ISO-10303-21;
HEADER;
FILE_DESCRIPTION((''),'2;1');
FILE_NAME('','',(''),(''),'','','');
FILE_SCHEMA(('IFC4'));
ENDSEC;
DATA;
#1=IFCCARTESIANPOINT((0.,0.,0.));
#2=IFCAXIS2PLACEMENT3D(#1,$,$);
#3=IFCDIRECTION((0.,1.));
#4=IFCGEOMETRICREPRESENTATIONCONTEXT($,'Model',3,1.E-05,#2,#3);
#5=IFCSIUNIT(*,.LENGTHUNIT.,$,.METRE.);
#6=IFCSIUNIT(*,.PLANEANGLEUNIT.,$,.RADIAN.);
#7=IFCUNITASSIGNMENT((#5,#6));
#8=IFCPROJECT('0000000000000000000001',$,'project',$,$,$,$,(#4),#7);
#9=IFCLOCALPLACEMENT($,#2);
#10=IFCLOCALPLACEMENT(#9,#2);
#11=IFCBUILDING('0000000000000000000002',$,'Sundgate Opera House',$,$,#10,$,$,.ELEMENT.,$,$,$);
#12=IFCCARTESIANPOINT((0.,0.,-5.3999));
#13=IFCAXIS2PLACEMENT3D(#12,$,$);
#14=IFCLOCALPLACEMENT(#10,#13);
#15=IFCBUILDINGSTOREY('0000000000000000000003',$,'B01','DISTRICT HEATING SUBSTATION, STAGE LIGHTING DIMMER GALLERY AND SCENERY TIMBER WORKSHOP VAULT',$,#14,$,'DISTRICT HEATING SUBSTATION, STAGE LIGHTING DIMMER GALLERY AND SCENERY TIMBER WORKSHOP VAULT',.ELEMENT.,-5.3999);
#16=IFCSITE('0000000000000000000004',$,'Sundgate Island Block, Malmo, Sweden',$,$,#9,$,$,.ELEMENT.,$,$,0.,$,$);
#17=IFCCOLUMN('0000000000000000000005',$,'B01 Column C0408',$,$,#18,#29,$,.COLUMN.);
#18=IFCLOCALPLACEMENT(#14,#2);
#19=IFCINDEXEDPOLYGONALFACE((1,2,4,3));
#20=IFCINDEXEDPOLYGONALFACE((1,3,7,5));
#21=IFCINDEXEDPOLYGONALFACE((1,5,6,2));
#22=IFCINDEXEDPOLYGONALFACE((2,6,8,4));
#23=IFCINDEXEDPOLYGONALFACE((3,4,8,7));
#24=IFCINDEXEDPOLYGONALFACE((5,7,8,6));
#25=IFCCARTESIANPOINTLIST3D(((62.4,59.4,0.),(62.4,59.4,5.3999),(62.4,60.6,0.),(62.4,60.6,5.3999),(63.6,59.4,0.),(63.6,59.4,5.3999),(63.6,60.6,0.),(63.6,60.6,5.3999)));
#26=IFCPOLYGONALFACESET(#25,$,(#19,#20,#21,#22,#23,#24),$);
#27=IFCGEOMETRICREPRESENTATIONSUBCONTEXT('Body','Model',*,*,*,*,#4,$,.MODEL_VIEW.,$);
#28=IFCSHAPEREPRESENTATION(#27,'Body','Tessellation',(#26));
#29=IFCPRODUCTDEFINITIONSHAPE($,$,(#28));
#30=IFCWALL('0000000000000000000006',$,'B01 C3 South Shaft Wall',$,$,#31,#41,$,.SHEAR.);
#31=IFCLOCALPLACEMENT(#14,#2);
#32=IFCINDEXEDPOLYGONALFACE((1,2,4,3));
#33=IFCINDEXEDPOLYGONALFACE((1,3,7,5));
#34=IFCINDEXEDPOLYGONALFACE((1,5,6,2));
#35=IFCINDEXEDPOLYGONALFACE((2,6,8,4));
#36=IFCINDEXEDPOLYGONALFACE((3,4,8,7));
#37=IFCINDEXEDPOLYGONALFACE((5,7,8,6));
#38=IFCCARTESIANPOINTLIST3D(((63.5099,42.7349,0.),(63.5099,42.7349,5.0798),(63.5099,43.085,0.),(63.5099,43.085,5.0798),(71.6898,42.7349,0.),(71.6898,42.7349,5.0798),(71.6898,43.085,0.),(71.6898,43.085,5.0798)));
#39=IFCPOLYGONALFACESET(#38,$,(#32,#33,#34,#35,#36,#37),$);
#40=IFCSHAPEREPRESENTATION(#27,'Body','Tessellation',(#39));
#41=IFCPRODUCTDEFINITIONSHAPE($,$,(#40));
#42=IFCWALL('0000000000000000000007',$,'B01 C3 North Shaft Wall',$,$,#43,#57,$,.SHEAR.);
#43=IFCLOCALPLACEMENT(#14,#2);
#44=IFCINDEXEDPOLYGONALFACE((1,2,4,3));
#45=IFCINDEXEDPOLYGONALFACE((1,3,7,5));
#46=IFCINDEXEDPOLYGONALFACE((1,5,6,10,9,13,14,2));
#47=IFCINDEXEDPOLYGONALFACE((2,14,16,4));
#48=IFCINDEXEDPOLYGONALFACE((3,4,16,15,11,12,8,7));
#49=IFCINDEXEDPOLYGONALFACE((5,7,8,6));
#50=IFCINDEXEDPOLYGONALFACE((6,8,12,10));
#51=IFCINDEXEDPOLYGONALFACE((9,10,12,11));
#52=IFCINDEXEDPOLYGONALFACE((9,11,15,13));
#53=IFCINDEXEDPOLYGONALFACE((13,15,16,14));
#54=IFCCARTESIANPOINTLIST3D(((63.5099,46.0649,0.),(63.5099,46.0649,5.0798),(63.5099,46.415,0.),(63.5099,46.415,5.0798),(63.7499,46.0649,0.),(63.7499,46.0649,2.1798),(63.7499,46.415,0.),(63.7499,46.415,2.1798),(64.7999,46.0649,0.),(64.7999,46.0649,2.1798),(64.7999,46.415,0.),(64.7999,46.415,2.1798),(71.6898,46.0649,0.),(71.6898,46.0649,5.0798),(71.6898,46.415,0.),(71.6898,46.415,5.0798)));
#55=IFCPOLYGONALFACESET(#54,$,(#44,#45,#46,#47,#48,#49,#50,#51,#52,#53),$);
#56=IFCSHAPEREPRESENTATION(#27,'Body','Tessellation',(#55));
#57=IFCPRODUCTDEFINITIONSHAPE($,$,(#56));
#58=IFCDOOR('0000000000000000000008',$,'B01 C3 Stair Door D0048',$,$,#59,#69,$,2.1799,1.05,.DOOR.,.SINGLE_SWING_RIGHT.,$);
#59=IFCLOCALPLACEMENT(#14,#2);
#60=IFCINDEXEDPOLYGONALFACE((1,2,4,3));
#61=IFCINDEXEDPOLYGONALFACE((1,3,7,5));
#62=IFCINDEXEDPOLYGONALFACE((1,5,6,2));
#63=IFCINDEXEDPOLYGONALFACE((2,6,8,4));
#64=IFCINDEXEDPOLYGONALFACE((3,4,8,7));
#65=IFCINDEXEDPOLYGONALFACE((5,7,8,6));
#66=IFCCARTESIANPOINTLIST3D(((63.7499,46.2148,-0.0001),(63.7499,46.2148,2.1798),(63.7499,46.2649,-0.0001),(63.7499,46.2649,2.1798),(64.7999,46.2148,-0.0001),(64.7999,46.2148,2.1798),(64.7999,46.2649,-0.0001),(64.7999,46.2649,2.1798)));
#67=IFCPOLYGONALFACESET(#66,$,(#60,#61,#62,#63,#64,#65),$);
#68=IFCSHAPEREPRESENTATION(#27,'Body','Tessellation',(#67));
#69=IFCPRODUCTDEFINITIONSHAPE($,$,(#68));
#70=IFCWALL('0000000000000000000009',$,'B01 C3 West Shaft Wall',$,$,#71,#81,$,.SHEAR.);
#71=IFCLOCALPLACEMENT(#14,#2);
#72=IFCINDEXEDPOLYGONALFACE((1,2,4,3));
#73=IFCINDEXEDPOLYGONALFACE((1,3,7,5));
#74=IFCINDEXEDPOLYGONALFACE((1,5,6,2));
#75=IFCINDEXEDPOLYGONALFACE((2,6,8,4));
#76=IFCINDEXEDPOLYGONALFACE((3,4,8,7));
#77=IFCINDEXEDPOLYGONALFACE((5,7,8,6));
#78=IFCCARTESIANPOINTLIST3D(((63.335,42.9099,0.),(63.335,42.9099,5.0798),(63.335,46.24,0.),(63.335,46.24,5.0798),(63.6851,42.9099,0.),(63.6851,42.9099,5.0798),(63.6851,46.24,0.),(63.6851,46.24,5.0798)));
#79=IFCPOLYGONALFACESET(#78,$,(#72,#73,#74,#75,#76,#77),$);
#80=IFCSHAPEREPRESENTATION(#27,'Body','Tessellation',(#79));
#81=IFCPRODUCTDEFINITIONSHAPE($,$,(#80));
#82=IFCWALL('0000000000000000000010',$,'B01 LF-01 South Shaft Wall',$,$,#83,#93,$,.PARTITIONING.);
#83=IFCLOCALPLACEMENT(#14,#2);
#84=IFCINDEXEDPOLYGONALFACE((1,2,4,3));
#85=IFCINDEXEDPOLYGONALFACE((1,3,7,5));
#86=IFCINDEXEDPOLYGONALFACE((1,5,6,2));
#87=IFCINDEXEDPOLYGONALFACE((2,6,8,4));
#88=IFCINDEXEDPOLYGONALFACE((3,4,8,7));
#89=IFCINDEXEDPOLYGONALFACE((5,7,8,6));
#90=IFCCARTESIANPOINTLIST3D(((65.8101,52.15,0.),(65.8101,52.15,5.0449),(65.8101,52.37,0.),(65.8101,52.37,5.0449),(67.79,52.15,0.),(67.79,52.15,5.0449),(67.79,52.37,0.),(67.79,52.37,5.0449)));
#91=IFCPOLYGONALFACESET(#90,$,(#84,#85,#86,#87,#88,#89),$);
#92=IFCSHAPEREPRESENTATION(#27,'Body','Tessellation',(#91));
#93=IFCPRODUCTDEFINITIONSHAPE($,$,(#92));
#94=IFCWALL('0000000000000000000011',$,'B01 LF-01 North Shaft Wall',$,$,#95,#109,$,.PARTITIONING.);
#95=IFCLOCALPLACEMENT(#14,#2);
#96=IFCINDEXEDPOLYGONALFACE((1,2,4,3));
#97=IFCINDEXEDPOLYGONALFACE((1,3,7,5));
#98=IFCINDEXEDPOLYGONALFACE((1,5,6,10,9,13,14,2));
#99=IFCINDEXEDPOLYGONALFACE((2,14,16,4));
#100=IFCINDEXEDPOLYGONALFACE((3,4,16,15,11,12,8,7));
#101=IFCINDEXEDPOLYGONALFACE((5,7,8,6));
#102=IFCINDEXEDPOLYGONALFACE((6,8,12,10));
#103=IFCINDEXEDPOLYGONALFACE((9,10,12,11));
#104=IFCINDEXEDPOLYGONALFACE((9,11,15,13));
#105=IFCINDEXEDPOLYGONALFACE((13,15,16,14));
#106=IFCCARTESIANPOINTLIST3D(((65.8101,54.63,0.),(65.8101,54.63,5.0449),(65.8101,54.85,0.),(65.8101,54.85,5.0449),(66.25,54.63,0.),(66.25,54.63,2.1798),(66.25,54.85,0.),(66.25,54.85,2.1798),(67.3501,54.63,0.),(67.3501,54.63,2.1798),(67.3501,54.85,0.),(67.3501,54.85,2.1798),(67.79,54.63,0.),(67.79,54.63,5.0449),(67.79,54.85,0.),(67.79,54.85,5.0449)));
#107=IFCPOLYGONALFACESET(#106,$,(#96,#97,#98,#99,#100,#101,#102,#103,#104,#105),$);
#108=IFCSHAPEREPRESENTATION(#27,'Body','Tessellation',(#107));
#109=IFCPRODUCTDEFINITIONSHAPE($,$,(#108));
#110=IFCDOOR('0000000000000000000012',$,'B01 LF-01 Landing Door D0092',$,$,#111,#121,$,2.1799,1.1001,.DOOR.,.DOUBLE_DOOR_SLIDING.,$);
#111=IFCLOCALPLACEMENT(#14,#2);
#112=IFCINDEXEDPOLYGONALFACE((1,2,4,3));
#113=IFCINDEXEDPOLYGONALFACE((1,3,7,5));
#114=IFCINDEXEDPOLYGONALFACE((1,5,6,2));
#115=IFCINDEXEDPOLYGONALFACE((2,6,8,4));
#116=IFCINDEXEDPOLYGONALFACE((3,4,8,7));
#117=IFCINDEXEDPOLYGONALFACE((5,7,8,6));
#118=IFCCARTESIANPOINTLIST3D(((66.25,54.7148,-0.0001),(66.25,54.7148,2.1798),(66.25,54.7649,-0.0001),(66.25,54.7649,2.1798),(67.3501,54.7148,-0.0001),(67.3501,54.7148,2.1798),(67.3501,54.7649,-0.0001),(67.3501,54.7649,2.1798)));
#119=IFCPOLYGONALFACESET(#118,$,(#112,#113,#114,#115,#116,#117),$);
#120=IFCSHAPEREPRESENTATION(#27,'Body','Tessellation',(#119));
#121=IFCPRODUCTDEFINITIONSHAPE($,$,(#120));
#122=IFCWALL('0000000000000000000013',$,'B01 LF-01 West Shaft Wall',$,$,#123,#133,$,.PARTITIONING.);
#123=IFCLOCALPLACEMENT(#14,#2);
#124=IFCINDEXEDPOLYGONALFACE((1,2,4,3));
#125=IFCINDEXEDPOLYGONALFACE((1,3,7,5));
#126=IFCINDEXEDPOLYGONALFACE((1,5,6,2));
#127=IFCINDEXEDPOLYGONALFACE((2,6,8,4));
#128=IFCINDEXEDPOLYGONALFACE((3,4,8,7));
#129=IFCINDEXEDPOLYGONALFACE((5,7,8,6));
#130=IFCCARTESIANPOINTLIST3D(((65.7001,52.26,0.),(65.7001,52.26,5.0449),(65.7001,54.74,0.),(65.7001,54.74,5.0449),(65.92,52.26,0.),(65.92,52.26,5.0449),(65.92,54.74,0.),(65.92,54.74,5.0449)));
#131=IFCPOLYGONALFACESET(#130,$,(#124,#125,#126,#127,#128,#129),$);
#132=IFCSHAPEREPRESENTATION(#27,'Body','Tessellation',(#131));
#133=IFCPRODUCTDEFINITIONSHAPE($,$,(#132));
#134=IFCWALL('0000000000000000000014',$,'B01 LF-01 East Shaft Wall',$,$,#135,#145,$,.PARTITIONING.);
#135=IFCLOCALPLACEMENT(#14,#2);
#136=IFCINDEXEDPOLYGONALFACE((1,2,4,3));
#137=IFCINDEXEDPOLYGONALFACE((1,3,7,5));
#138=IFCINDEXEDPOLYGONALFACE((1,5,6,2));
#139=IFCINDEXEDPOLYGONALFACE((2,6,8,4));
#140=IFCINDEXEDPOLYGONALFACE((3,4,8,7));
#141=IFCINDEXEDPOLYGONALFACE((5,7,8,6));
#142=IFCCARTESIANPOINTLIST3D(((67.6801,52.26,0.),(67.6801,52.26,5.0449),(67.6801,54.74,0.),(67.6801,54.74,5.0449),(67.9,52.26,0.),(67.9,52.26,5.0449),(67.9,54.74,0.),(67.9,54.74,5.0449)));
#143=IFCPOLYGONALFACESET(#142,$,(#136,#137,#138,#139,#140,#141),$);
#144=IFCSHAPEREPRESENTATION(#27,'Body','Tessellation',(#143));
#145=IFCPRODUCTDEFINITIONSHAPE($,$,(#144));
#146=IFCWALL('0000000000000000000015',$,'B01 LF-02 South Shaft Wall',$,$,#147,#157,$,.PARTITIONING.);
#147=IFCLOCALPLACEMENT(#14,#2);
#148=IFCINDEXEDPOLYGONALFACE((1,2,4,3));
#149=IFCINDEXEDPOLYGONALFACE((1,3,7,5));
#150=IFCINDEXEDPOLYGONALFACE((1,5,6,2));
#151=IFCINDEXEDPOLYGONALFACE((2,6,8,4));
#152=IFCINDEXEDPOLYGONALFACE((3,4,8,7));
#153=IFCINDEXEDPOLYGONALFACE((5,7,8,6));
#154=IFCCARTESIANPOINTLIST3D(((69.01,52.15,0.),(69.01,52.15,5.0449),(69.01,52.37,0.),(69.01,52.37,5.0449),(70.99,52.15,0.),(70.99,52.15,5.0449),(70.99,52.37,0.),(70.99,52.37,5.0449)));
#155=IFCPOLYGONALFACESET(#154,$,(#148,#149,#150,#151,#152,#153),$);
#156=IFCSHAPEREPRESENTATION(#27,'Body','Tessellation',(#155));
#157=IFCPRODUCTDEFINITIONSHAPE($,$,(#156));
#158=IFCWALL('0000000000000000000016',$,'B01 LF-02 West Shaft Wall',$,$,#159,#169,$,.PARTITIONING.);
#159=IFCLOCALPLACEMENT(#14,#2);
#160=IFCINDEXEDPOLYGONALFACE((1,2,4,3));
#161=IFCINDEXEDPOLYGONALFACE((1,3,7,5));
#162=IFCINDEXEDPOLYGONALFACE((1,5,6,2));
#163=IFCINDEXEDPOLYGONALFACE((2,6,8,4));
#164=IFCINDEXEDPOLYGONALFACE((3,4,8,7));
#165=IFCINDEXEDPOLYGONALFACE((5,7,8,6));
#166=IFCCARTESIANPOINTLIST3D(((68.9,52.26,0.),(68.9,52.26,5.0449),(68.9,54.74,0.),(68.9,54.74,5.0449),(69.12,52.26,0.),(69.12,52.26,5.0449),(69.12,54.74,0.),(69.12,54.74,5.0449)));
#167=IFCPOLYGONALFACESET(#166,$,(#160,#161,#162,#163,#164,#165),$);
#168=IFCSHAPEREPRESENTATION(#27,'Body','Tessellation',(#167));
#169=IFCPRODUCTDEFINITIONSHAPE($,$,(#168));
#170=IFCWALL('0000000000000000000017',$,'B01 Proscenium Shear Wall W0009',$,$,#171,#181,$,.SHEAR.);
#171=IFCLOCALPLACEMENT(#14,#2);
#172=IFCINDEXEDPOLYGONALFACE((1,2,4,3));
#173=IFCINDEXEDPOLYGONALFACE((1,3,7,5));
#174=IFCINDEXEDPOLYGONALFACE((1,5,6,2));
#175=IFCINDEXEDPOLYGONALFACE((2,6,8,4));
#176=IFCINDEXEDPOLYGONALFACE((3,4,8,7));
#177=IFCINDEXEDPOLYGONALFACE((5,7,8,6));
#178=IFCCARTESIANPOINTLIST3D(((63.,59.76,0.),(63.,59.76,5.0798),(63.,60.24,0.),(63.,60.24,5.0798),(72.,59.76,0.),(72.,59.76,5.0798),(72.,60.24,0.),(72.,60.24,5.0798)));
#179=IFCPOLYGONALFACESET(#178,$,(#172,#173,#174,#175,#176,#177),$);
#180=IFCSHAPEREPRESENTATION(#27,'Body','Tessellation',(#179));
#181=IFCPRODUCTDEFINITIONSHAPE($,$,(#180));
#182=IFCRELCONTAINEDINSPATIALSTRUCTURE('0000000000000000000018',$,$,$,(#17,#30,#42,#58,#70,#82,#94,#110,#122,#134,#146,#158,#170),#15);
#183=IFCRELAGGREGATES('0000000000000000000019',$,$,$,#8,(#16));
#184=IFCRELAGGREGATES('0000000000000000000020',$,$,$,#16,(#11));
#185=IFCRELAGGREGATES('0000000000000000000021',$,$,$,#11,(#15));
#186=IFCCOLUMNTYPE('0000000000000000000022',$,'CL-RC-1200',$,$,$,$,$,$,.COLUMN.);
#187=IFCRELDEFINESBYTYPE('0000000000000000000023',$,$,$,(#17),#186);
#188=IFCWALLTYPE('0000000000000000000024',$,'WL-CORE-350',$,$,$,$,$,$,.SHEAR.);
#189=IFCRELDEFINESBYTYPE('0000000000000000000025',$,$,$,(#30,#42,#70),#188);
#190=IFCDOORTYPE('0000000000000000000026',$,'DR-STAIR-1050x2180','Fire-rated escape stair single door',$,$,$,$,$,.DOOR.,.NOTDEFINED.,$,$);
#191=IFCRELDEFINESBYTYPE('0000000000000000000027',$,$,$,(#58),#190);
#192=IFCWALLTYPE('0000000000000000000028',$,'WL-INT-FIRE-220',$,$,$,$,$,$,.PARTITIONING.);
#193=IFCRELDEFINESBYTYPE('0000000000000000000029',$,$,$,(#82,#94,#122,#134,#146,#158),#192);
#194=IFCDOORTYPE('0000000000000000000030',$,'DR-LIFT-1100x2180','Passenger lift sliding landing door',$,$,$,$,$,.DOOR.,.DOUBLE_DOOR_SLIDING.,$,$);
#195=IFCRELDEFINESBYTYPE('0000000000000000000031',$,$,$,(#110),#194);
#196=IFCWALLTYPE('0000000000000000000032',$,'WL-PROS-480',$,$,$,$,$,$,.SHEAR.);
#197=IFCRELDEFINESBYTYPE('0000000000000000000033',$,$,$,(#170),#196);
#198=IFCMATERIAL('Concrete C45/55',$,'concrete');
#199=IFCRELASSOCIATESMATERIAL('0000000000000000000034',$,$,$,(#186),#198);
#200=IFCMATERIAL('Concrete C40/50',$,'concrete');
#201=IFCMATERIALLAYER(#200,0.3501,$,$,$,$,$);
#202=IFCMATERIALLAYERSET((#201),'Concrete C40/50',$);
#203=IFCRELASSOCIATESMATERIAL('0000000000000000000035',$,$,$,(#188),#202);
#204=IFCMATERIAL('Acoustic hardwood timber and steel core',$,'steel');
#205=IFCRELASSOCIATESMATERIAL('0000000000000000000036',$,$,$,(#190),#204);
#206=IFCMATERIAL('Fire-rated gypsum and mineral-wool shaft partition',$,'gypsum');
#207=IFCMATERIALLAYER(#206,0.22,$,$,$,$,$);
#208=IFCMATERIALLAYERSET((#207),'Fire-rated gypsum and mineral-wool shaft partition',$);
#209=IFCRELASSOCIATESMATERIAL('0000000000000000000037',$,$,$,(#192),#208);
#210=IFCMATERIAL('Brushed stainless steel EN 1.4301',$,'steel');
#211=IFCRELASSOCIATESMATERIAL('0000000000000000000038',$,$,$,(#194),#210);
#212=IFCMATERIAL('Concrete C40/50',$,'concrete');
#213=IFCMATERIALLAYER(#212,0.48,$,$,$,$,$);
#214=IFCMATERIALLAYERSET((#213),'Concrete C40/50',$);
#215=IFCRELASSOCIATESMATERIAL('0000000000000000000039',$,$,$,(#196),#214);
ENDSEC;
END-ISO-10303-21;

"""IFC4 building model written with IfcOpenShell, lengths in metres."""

from ifc_helpers import new_model, si_unit, direction, frame, frame_2d, origin, origin_2d, place, context, subcontext, project, spatial, rectangle, extrude, material, layer, layer_set, material_profile, profile_set, type_object, element, fill, save


model = new_model("IFC4")

# Units and contexts
model_context = context("Model", 3, precision=1e-05, world=origin(), true_north=direction((0.0, 1.0)))
body_context = subcontext(model_context, "Body", "Model", "MODEL_VIEW")
ifc_project = project(units=[si_unit("LENGTHUNIT", "METRE"), si_unit("PLANEANGLEUNIT", "RADIAN")], contexts=[model_context])

# Site, building, storey
site_placement = place(None, origin())
site = spatial("IfcSite", under=ifc_project, at=site_placement, Name="Sundgate Island Block, Malmo, Sweden", CompositionType="ELEMENT", RefElevation=0.0)
building_placement = place(site_placement, origin())
building = spatial("IfcBuilding", under=site, at=building_placement, Name="Sundgate Opera House", CompositionType="ELEMENT")
storey_placement = place(building_placement, frame((0.0, 0.0, -5.3999)))
storey = spatial("IfcBuildingStorey", under=building, at=storey_placement, Name="B01", Description="DISTRICT HEATING SUBSTATION, STAGE LIGHTING DIMMER GALLERY AND SCENERY TIMBER WORKSHOP VAULT", LongName="DISTRICT HEATING SUBSTATION, STAGE LIGHTING DIMMER GALLERY AND SCENERY TIMBER WORKSHOP VAULT", CompositionType="ELEMENT", Elevation=-5.3999)

# Column
ifc_material_1 = material(Name="Concrete C45/55", Category="concrete")
ifc_material_profile_1 = material_profile(ifc_material_1, rectangle(XDim=1.2, YDim=1.2, at=origin_2d()), Name="RC 1200x1200")
ifc_profile_set_1 = profile_set([ifc_material_profile_1], Name="Concrete C45/55")
column_type = type_object("IfcColumnType", Name="CL-RC-1200", PredefinedType="COLUMN", material=ifc_profile_set_1)
for number, where, z_axis, x_axis, name in (
    (1, (63.0, 60.0, 0.0), (0.0, 0.0, 1.0), (1.0, 0.0, 0.0), "B01 Column C0408"),
):
    element("IfcColumn", number, at=place(storey_placement, frame(where, z_axis=z_axis, x_axis=x_axis)), inside=storey, type_object=column_type, Name=name, PredefinedType="COLUMN", context=body_context, shape_type="SweptSolid", body=[
        extrude(rectangle(XDim=1.2, YDim=1.2, at=origin_2d()), origin(), (0.0, 0.0, 1.0), 5.3999),
    ])

# Wall
ifc_material_2 = material(Name="Concrete C40/50", Category="concrete")
ifc_layer_1 = layer(ifc_material_2, 0.3501)
ifc_layer_set_1 = layer_set([ifc_layer_1], Name="Concrete C40/50")
wall_type_1 = type_object("IfcWallType", Name="WL-CORE-350", PredefinedType="SHEAR", material=ifc_layer_set_1)
wall_1_placement = place(storey_placement, frame((63.51, 42.9099, 0.0), z_axis=(0.0, 0.0, 1.0), x_axis=(1.0, 0.0, 0.0)))
element("IfcWall", 2, at=wall_1_placement, inside=storey, type_object=wall_type_1, Name="B01 C3 South Shaft Wall", PredefinedType="SHEAR", context=body_context, shape_type="SweptSolid", body=[
    extrude(rectangle(XDim=8.1799, YDim=0.3501, at=frame_2d((4.0898, 0.0))), origin(), (0.0, 0.0, 1.0), 5.0798),
])

# Wall, opening, door
wall_2_placement = place(storey_placement, frame((63.51, 46.24, 0.0), z_axis=(0.0, 0.0, 1.0), x_axis=(1.0, 0.0, 0.0)))
wall_2 = element("IfcWall", 3, at=wall_2_placement, inside=storey, type_object=wall_type_1, Name="B01 C3 North Shaft Wall", PredefinedType="SHEAR", context=body_context, shape_type="SweptSolid", body=[
    extrude(rectangle(XDim=8.1799, YDim=0.3501, at=frame_2d((4.0898, 0.0))), origin(), (0.0, 0.0, 1.0), 5.0798),
])
opening_1_placement = place(wall_2_placement, frame((0.24, 0.0, 0.0)))
opening_1 = element("IfcOpeningElement", 4, at=opening_1_placement, cuts=wall_2, PredefinedType="OPENING", context=body_context, shape_type="SweptSolid", body=[
    extrude(rectangle(XDim=1.05, YDim=2.1799, at=frame_2d((0.5249, 1.0898))), frame((0.0, 0.1851, 0.0), z_axis=(0.0, -1.0, 0.0), x_axis=(1.0, 0.0, 0.0)), (0.0, 0.0, 1.0), 0.3701),
])
ifc_material_3 = material(Name="Acoustic hardwood timber and steel core", Category="steel")
door_type_1 = type_object("IfcDoorType", Name="DR-STAIR-1050x2180", Description="Fire-rated escape stair single door", OperationType="NOTDEFINED", PredefinedType="DOOR", material=ifc_material_3)
door_1_placement = place(opening_1_placement, origin())
door_1 = element("IfcDoor", 5, at=door_1_placement, inside=storey, type_object=door_type_1, Name="B01 C3 Stair Door D0048", OperationType="SINGLE_SWING_RIGHT", OverallHeight=2.1799, OverallWidth=1.05, PredefinedType="DOOR", context=body_context, shape_type="SweptSolid", body=[
    extrude(rectangle(XDim=1.05, YDim=2.1799, at=frame_2d((0.5249, 1.0898))), frame((0.0, 0.0249, 0.0), z_axis=(0.0, -1.0, 0.0), x_axis=(1.0, 0.0, 0.0)), (0.0, 0.0, 1.0), 0.05),
])
fill(opening_1, door_1)

# Walls
wall_3_placement = place(storey_placement, frame((63.51, 42.9099, 0.0), z_axis=(0.0, 0.0, 1.0), x_axis=(0.0, 1.0, 0.0)))
element("IfcWall", 6, at=wall_3_placement, inside=storey, type_object=wall_type_1, Name="B01 C3 West Shaft Wall", PredefinedType="SHEAR", context=body_context, shape_type="SweptSolid", body=[
    extrude(rectangle(XDim=3.3301, YDim=0.3501, at=frame_2d((1.665, 0.0))), origin(), (0.0, 0.0, 1.0), 5.0798),
])
ifc_material_4 = material(Name="Fire-rated gypsum and mineral-wool shaft partition", Category="gypsum")
ifc_layer_2 = layer(ifc_material_4, 0.22)
ifc_layer_set_2 = layer_set([ifc_layer_2], Name="Fire-rated gypsum and mineral-wool shaft partition")
wall_type_2 = type_object("IfcWallType", Name="WL-INT-FIRE-220", PredefinedType="PARTITIONING", material=ifc_layer_set_2)
wall_4_placement = place(storey_placement, frame((65.8101, 52.26, 0.0), z_axis=(0.0, 0.0, 1.0), x_axis=(1.0, 0.0, 0.0)))
element("IfcWall", 7, at=wall_4_placement, inside=storey, type_object=wall_type_2, Name="B01 LF-01 South Shaft Wall", PredefinedType="PARTITIONING", context=body_context, shape_type="SweptSolid", body=[
    extrude(rectangle(XDim=1.98, YDim=0.22, at=frame_2d((0.99, 0.0))), origin(), (0.0, 0.0, 1.0), 5.0449),
])

# Wall, opening, door
wall_5_placement = place(storey_placement, frame((65.8101, 54.74, 0.0), z_axis=(0.0, 0.0, 1.0), x_axis=(1.0, 0.0, 0.0)))
wall_5 = element("IfcWall", 8, at=wall_5_placement, inside=storey, type_object=wall_type_2, Name="B01 LF-01 North Shaft Wall", PredefinedType="PARTITIONING", context=body_context, shape_type="SweptSolid", body=[
    extrude(rectangle(XDim=1.98, YDim=0.22, at=frame_2d((0.99, 0.0))), origin(), (0.0, 0.0, 1.0), 5.0449),
])
opening_2_placement = place(wall_5_placement, frame((0.4399, 0.0, 0.0)))
opening_2 = element("IfcOpeningElement", 9, at=opening_2_placement, cuts=wall_5, PredefinedType="OPENING", context=body_context, shape_type="SweptSolid", body=[
    extrude(rectangle(XDim=1.1001, YDim=2.1799, at=frame_2d((0.55, 1.0898))), frame((0.0, 0.1199, 0.0), z_axis=(0.0, -1.0, 0.0), x_axis=(1.0, 0.0, 0.0)), (0.0, 0.0, 1.0), 0.24),
])
ifc_material_5 = material(Name="Brushed stainless steel EN 1.4301", Category="steel")
door_type_2 = type_object("IfcDoorType", Name="DR-LIFT-1100x2180", Description="Passenger lift sliding landing door", OperationType="DOUBLE_DOOR_SLIDING", PredefinedType="DOOR", material=ifc_material_5)
door_2_placement = place(opening_2_placement, origin())
door_2 = element("IfcDoor", 10, at=door_2_placement, inside=storey, type_object=door_type_2, Name="B01 LF-01 Landing Door D0092", OperationType="DOUBLE_DOOR_SLIDING", OverallHeight=2.1799, OverallWidth=1.1001, PredefinedType="DOOR", context=body_context, shape_type="SweptSolid", body=[
    extrude(rectangle(XDim=1.1001, YDim=2.1799, at=frame_2d((0.55, 1.0898))), frame((0.0, 0.0249, 0.0), z_axis=(0.0, -1.0, 0.0), x_axis=(1.0, 0.0, 0.0)), (0.0, 0.0, 1.0), 0.05),
])
fill(opening_2, door_2)

# Walls
for number, where, z_axis, x_axis, name in (
    (11, (65.8101, 52.26, 0.0), (0.0, 0.0, 1.0), (0.0, 1.0, 0.0), "B01 LF-01 West Shaft Wall"),
    (12, (67.79, 52.26, 0.0), (0.0, 0.0, 1.0), (0.0, 1.0, 0.0), "B01 LF-01 East Shaft Wall"),
):
    element("IfcWall", number, at=place(storey_placement, frame(where, z_axis=z_axis, x_axis=x_axis)), inside=storey, type_object=wall_type_2, Name=name, PredefinedType="PARTITIONING", context=body_context, shape_type="SweptSolid", body=[
        extrude(rectangle(XDim=2.48, YDim=0.22, at=frame_2d((1.24, 0.0))), origin(), (0.0, 0.0, 1.0), 5.0449),
    ])
wall_6_placement = place(storey_placement, frame((69.01, 52.26, 0.0), z_axis=(0.0, 0.0, 1.0), x_axis=(1.0, 0.0, 0.0)))
element("IfcWall", 13, at=wall_6_placement, inside=storey, type_object=wall_type_2, Name="B01 LF-02 South Shaft Wall", PredefinedType="PARTITIONING", context=body_context, shape_type="SweptSolid", body=[
    extrude(rectangle(XDim=1.98, YDim=0.22, at=frame_2d((0.99, 0.0))), origin(), (0.0, 0.0, 1.0), 5.0449),
])
wall_7_placement = place(storey_placement, frame((69.01, 52.26, 0.0), z_axis=(0.0, 0.0, 1.0), x_axis=(0.0, 1.0, 0.0)))
element("IfcWall", 14, at=wall_7_placement, inside=storey, type_object=wall_type_2, Name="B01 LF-02 West Shaft Wall", PredefinedType="PARTITIONING", context=body_context, shape_type="SweptSolid", body=[
    extrude(rectangle(XDim=2.48, YDim=0.22, at=frame_2d((1.24, 0.0))), origin(), (0.0, 0.0, 1.0), 5.0449),
])
ifc_material_6 = material(Name="Concrete C40/50", Category="concrete")
ifc_layer_3 = layer(ifc_material_6, 0.48)
ifc_layer_set_3 = layer_set([ifc_layer_3], Name="Concrete C40/50")
wall_type_3 = type_object("IfcWallType", Name="WL-PROS-480", PredefinedType="SHEAR", material=ifc_layer_set_3)
wall_8_placement = place(storey_placement, frame((63.0, 60.0, 0.0), z_axis=(0.0, 0.0, 1.0), x_axis=(1.0, 0.0, 0.0)))
element("IfcWall", 15, at=wall_8_placement, inside=storey, type_object=wall_type_3, Name="B01 Proscenium Shear Wall W0009", PredefinedType="SHEAR", context=body_context, shape_type="SweptSolid", body=[
    extrude(rectangle(XDim=9.0, YDim=0.48, at=frame_2d((4.5, 0.0))), origin(), (0.0, 0.0, 1.0), 5.0798),
])

save(model, "model.ifc")
